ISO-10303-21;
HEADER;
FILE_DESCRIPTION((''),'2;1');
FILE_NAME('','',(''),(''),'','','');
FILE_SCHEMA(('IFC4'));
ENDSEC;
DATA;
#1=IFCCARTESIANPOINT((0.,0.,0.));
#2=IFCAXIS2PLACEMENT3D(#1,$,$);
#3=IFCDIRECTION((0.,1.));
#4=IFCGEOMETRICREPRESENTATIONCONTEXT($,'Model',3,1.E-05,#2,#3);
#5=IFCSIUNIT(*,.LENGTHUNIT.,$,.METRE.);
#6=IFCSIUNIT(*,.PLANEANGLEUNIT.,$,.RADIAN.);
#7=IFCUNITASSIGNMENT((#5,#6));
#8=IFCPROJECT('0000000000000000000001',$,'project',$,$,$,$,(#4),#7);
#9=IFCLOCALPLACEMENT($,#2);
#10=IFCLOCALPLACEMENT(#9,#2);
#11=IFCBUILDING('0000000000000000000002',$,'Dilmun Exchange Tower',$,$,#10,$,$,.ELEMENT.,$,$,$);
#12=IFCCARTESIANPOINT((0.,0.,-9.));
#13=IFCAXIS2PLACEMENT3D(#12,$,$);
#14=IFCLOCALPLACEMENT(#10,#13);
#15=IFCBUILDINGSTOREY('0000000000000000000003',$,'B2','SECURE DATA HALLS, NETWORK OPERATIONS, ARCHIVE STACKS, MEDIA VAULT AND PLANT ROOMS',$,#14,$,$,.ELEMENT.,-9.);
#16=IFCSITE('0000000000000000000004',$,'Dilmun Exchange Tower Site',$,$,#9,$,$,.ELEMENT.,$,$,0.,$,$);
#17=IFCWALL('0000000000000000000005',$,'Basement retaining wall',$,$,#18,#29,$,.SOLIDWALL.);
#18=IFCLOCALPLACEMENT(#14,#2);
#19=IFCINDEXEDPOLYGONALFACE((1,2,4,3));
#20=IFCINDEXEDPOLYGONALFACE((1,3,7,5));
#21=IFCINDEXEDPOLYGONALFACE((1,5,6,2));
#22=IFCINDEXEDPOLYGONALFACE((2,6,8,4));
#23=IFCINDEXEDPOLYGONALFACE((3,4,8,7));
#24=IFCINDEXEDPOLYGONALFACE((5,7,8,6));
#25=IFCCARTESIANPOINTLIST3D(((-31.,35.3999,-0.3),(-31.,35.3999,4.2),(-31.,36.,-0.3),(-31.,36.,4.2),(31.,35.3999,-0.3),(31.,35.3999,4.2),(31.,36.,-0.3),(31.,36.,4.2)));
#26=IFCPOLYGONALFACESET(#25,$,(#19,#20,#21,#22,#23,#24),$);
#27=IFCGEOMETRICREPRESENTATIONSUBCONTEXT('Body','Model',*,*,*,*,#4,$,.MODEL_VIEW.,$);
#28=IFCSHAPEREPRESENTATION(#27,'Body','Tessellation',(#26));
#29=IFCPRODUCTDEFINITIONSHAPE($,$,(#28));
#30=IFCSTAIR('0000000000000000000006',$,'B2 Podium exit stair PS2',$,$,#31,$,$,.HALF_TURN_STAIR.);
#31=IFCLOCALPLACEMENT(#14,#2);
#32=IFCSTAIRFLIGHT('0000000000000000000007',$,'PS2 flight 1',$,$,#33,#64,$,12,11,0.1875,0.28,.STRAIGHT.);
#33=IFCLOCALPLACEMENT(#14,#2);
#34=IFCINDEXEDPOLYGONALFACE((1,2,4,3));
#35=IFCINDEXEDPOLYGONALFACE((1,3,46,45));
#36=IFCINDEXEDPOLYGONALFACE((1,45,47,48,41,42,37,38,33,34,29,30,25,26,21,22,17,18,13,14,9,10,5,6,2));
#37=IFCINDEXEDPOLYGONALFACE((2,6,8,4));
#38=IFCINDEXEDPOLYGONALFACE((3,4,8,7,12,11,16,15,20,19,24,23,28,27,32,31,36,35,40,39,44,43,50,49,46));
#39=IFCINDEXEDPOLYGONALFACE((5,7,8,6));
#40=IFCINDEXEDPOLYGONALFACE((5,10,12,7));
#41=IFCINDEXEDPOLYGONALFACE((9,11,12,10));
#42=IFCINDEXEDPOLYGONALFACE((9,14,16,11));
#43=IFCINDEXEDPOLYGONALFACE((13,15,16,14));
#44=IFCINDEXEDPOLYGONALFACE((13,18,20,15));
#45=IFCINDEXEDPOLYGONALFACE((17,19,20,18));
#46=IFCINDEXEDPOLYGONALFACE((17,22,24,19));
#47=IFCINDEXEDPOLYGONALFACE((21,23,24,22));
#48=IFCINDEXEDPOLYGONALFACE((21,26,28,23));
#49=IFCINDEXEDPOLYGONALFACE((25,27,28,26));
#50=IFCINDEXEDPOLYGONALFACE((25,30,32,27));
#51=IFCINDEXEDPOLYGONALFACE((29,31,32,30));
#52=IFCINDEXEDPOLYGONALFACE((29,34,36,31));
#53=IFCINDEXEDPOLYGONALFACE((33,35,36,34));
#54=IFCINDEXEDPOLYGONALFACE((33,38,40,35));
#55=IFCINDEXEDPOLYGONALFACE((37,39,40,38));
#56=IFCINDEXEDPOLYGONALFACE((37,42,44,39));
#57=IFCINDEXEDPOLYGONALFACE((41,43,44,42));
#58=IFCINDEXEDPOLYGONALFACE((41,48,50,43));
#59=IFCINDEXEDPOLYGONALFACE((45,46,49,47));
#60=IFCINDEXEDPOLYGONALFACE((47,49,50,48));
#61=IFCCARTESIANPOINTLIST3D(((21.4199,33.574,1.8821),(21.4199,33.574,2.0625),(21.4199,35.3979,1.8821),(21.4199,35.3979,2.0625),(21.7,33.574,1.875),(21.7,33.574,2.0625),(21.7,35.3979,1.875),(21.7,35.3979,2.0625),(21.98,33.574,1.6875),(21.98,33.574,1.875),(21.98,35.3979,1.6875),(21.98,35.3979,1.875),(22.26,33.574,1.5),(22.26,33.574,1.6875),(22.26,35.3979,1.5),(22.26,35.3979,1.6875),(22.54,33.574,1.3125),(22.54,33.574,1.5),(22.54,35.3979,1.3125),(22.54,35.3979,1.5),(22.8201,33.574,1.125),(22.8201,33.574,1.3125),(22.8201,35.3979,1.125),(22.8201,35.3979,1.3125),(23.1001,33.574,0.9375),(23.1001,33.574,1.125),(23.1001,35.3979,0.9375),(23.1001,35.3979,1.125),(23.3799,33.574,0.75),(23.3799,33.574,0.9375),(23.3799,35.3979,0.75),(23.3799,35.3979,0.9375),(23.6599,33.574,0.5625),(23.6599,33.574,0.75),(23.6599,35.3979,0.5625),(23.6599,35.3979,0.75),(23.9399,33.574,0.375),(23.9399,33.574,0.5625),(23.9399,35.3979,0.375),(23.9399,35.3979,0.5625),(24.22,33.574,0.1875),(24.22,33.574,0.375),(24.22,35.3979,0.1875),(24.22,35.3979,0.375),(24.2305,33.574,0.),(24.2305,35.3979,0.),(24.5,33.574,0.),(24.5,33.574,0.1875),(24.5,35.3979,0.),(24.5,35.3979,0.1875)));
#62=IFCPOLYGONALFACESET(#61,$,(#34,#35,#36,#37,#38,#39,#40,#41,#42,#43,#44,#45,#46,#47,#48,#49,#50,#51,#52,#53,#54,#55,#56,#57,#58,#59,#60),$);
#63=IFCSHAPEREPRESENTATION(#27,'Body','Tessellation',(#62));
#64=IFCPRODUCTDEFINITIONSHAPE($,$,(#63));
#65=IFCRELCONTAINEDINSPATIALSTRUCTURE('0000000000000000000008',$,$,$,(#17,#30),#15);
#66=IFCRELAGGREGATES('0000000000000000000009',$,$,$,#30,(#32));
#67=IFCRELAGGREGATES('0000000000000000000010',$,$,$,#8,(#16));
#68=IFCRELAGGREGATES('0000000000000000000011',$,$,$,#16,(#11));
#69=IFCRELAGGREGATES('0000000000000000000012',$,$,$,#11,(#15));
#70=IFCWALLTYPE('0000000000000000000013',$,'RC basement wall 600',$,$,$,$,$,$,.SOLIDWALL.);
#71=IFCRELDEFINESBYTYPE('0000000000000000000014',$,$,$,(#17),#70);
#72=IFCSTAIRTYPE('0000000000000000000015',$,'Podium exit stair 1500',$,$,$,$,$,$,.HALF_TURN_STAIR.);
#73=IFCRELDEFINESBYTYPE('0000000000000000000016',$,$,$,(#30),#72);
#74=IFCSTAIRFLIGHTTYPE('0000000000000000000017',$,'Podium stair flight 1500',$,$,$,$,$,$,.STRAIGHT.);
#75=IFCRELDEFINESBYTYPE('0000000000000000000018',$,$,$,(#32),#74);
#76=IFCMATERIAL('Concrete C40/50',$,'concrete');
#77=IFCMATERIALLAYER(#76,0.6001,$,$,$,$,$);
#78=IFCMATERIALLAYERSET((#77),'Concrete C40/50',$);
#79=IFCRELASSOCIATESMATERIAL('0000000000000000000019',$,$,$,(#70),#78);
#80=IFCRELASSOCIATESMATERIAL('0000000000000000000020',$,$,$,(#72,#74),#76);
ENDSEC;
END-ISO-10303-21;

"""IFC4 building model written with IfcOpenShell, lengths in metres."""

from ifc_helpers import new_model, si_unit, direction, frame, frame_2d, origin, place, context, subcontext, project, spatial, polyline, rectangle, outline, extrude, material, layer, layer_set, type_object, element, aggregate, save


model = new_model("IFC4")

# Units and contexts
model_context = context("Model", 3, precision=1e-05, world=origin(), true_north=direction((0.0, 1.0)))
body_context = subcontext(model_context, "Body", "Model", "MODEL_VIEW")
ifc_project = project(units=[si_unit("LENGTHUNIT", "METRE"), si_unit("PLANEANGLEUNIT", "RADIAN")], contexts=[model_context])

# Site, building, storey
site_placement = place(None, origin())
site = spatial("IfcSite", under=ifc_project, at=site_placement, Name="Dilmun Exchange Tower Site", CompositionType="ELEMENT", RefElevation=0.0)
building_placement = place(site_placement, origin())
building = spatial("IfcBuilding", under=site, at=building_placement, Name="Dilmun Exchange Tower", CompositionType="ELEMENT")
storey_placement = place(building_placement, frame((0.0, 0.0, -9.0)))
storey = spatial("IfcBuildingStorey", under=building, at=storey_placement, Name="B2", Description="SECURE DATA HALLS, NETWORK OPERATIONS, ARCHIVE STACKS, MEDIA VAULT AND PLANT ROOMS", CompositionType="ELEMENT", Elevation=-9.0)

# Wall
ifc_material_1 = material(Name="Concrete C40/50", Category="concrete")
ifc_layer_1 = layer(ifc_material_1, 0.6001)
ifc_layer_set_1 = layer_set([ifc_layer_1], Name="Concrete C40/50")
wall_type_1 = type_object("IfcWallType", Name="RC basement wall 600", PredefinedType="SOLIDWALL", material=ifc_layer_set_1)
wall_1_placement = place(storey_placement, frame((31.0, 35.7, -0.3), z_axis=(0.0, 0.0, 1.0), x_axis=(-1.0, 0.0, 0.0)))
element("IfcWall", 1, at=wall_1_placement, inside=storey, type_object=wall_type_1, Name="Basement retaining wall", PredefinedType="SOLIDWALL", context=body_context, shape_type="SweptSolid", body=[
    extrude(rectangle(XDim=62.0, YDim=0.6001, at=frame_2d((31.0, 0.0))), origin(), (0.0, 0.0, 1.0), 4.5),
])

# Stair, stair flight
stair_type = type_object("IfcStairType", Name="Podium exit stair 1500", PredefinedType="HALF_TURN_STAIR", material=ifc_material_1)
stair_placement = place(storey_placement, origin())
stair = element("IfcStair", 2, at=stair_placement, inside=storey, type_object=stair_type, Name="B2 Podium exit stair PS2", PredefinedType="HALF_TURN_STAIR")
stair_flight_type = type_object("IfcStairFlightType", Name="Podium stair flight 1500", PredefinedType="STRAIGHT", material=ifc_material_1)
stair_flight_placement = place(storey_placement, frame((24.5, 34.4861, 0.0), z_axis=(0.0, 0.0, 1.0), x_axis=(-1.0, 0.0, 0.0)))
stair_flight = element("IfcStairFlight", 3, at=stair_flight_placement, type_object=stair_flight_type, Name="PS2 flight 1", NumberOfRisers=12, NumberOfTreads=11, PredefinedType="STRAIGHT", RiserHeight=0.1875, TreadLength=0.28, context=body_context, shape_type="SweptSolid", body=[
    extrude(outline(polyline([(0.0, 0.0), (0.0, 0.1875), (0.28, 0.1875), (0.28, 0.375), (0.5601, 0.375), (0.5601, 0.5625), (0.8401, 0.5625), (0.8401, 0.75), (1.1201, 0.75), (1.1201, 0.9375), (1.3999, 0.9375), (1.3999, 1.125), (1.6799, 1.125), (1.6799, 1.3125), (1.96, 1.3125), (1.96, 1.5), (2.24, 1.5), (2.24, 1.6875), (2.52, 1.6875), (2.52, 1.875), (2.8, 1.875), (2.8, 2.0625), (3.0801, 2.0625), (3.0801, 2.25), (3.0801, 1.8821), (0.2695, 0.0), (0.0, 0.0)])), frame((0.0, 0.9121, 0.0), z_axis=(0.0, -1.0, 0.0), x_axis=(1.0, 0.0, 0.0)), (0.0, 0.0, 1.0), 1.824),
])
aggregate(stair, [stair_flight])

save(model, "model.ifc")
